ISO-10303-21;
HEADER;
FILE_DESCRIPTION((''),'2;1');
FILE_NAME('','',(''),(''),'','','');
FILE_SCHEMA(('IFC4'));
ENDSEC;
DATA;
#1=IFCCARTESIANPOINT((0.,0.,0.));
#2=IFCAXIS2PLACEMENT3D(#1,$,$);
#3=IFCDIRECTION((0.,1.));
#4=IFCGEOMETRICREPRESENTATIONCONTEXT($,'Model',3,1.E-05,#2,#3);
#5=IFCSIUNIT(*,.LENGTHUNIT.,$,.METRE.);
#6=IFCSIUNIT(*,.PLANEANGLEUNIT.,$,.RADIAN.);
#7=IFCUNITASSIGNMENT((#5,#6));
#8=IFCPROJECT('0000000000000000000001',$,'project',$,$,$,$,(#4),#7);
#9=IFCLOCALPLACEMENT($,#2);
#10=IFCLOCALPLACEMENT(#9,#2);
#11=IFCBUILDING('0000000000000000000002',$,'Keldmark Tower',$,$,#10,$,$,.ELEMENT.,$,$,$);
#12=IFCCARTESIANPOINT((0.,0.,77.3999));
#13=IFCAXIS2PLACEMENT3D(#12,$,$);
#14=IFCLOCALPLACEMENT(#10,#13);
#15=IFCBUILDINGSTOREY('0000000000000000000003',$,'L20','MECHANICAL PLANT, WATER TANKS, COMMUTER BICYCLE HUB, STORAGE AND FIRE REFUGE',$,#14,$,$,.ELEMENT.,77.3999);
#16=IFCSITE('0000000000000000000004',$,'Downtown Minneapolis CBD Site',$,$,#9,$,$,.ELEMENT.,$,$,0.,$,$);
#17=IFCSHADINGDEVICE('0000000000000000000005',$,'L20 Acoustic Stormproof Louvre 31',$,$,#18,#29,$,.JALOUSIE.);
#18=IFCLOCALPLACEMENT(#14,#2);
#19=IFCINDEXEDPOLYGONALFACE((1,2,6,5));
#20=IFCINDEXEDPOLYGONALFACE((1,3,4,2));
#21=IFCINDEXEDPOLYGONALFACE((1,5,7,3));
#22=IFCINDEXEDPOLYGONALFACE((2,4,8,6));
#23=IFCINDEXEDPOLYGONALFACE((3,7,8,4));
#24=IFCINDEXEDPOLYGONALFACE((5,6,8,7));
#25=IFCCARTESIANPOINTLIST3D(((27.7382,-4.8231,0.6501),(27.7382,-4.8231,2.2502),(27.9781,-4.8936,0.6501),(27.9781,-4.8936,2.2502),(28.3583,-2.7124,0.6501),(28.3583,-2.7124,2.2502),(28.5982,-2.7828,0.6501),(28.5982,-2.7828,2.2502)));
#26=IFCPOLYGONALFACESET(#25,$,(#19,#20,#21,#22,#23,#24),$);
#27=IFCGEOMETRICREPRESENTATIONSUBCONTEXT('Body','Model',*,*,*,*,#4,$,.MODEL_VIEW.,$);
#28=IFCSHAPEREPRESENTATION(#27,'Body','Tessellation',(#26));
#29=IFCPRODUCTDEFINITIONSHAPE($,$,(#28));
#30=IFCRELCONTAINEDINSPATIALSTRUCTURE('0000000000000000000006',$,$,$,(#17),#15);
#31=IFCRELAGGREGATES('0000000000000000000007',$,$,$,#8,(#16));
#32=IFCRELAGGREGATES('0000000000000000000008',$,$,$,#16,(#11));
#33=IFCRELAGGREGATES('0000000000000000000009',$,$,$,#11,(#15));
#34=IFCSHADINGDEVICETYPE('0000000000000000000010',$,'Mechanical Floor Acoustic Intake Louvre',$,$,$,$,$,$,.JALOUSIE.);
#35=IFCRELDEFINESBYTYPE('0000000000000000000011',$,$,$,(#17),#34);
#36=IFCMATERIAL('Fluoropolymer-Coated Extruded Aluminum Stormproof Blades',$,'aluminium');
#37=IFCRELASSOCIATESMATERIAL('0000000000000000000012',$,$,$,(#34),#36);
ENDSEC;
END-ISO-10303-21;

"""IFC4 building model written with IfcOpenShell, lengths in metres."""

from ifc_helpers import new_model, si_unit, direction, frame, origin, origin_2d, place, context, subcontext, project, spatial, rectangle, extrude, material, type_object, element, save


model = new_model("IFC4")

# Units and contexts
model_context = context("Model", 3, precision=1e-05, world=origin(), true_north=direction((0.0, 1.0)))
body_context = subcontext(model_context, "Body", "Model", "MODEL_VIEW")
ifc_project = project(units=[si_unit("LENGTHUNIT", "METRE"), si_unit("PLANEANGLEUNIT", "RADIAN")], contexts=[model_context])

# Site, building, storey
site_placement = place(None, origin())
site = spatial("IfcSite", under=ifc_project, at=site_placement, Name="Downtown Minneapolis CBD Site", CompositionType="ELEMENT", RefElevation=0.0)
building_placement = place(site_placement, origin())
building = spatial("IfcBuilding", under=site, at=building_placement, Name="Keldmark Tower", CompositionType="ELEMENT")
storey_placement = place(building_placement, frame((0.0, 0.0, 77.3999)))
storey = spatial("IfcBuildingStorey", under=building, at=storey_placement, Name="L20", Description="MECHANICAL PLANT, WATER TANKS, COMMUTER BICYCLE HUB, STORAGE AND FIRE REFUGE", CompositionType="ELEMENT", Elevation=77.3999)

# Shading device
ifc_material_1 = material(Name="Fluoropolymer-Coated Extruded Aluminum Stormproof Blades", Category="aluminium")
shading_device_type = type_object("IfcShadingDeviceType", Name="Mechanical Floor Acoustic Intake Louvre", PredefinedType="JALOUSIE", material=ifc_material_1)
shading_device_placement = place(storey_placement, frame((28.1682, -3.803, 0.6501), z_axis=(0.0, 0.0, 1.0), x_axis=(0.281856, 0.959457, 0.0)))
element("IfcShadingDevice", 1, at=shading_device_placement, inside=storey, type_object=shading_device_type, Name="L20 Acoustic Stormproof Louvre 31", PredefinedType="JALOUSIE", context=body_context, shape_type="SweptSolid", body=[
    extrude(rectangle(XDim=2.2, YDim=0.25, at=origin_2d()), origin(), (0.0, 0.0, 1.0), 1.6001),
])

save(model, "model.ifc")
